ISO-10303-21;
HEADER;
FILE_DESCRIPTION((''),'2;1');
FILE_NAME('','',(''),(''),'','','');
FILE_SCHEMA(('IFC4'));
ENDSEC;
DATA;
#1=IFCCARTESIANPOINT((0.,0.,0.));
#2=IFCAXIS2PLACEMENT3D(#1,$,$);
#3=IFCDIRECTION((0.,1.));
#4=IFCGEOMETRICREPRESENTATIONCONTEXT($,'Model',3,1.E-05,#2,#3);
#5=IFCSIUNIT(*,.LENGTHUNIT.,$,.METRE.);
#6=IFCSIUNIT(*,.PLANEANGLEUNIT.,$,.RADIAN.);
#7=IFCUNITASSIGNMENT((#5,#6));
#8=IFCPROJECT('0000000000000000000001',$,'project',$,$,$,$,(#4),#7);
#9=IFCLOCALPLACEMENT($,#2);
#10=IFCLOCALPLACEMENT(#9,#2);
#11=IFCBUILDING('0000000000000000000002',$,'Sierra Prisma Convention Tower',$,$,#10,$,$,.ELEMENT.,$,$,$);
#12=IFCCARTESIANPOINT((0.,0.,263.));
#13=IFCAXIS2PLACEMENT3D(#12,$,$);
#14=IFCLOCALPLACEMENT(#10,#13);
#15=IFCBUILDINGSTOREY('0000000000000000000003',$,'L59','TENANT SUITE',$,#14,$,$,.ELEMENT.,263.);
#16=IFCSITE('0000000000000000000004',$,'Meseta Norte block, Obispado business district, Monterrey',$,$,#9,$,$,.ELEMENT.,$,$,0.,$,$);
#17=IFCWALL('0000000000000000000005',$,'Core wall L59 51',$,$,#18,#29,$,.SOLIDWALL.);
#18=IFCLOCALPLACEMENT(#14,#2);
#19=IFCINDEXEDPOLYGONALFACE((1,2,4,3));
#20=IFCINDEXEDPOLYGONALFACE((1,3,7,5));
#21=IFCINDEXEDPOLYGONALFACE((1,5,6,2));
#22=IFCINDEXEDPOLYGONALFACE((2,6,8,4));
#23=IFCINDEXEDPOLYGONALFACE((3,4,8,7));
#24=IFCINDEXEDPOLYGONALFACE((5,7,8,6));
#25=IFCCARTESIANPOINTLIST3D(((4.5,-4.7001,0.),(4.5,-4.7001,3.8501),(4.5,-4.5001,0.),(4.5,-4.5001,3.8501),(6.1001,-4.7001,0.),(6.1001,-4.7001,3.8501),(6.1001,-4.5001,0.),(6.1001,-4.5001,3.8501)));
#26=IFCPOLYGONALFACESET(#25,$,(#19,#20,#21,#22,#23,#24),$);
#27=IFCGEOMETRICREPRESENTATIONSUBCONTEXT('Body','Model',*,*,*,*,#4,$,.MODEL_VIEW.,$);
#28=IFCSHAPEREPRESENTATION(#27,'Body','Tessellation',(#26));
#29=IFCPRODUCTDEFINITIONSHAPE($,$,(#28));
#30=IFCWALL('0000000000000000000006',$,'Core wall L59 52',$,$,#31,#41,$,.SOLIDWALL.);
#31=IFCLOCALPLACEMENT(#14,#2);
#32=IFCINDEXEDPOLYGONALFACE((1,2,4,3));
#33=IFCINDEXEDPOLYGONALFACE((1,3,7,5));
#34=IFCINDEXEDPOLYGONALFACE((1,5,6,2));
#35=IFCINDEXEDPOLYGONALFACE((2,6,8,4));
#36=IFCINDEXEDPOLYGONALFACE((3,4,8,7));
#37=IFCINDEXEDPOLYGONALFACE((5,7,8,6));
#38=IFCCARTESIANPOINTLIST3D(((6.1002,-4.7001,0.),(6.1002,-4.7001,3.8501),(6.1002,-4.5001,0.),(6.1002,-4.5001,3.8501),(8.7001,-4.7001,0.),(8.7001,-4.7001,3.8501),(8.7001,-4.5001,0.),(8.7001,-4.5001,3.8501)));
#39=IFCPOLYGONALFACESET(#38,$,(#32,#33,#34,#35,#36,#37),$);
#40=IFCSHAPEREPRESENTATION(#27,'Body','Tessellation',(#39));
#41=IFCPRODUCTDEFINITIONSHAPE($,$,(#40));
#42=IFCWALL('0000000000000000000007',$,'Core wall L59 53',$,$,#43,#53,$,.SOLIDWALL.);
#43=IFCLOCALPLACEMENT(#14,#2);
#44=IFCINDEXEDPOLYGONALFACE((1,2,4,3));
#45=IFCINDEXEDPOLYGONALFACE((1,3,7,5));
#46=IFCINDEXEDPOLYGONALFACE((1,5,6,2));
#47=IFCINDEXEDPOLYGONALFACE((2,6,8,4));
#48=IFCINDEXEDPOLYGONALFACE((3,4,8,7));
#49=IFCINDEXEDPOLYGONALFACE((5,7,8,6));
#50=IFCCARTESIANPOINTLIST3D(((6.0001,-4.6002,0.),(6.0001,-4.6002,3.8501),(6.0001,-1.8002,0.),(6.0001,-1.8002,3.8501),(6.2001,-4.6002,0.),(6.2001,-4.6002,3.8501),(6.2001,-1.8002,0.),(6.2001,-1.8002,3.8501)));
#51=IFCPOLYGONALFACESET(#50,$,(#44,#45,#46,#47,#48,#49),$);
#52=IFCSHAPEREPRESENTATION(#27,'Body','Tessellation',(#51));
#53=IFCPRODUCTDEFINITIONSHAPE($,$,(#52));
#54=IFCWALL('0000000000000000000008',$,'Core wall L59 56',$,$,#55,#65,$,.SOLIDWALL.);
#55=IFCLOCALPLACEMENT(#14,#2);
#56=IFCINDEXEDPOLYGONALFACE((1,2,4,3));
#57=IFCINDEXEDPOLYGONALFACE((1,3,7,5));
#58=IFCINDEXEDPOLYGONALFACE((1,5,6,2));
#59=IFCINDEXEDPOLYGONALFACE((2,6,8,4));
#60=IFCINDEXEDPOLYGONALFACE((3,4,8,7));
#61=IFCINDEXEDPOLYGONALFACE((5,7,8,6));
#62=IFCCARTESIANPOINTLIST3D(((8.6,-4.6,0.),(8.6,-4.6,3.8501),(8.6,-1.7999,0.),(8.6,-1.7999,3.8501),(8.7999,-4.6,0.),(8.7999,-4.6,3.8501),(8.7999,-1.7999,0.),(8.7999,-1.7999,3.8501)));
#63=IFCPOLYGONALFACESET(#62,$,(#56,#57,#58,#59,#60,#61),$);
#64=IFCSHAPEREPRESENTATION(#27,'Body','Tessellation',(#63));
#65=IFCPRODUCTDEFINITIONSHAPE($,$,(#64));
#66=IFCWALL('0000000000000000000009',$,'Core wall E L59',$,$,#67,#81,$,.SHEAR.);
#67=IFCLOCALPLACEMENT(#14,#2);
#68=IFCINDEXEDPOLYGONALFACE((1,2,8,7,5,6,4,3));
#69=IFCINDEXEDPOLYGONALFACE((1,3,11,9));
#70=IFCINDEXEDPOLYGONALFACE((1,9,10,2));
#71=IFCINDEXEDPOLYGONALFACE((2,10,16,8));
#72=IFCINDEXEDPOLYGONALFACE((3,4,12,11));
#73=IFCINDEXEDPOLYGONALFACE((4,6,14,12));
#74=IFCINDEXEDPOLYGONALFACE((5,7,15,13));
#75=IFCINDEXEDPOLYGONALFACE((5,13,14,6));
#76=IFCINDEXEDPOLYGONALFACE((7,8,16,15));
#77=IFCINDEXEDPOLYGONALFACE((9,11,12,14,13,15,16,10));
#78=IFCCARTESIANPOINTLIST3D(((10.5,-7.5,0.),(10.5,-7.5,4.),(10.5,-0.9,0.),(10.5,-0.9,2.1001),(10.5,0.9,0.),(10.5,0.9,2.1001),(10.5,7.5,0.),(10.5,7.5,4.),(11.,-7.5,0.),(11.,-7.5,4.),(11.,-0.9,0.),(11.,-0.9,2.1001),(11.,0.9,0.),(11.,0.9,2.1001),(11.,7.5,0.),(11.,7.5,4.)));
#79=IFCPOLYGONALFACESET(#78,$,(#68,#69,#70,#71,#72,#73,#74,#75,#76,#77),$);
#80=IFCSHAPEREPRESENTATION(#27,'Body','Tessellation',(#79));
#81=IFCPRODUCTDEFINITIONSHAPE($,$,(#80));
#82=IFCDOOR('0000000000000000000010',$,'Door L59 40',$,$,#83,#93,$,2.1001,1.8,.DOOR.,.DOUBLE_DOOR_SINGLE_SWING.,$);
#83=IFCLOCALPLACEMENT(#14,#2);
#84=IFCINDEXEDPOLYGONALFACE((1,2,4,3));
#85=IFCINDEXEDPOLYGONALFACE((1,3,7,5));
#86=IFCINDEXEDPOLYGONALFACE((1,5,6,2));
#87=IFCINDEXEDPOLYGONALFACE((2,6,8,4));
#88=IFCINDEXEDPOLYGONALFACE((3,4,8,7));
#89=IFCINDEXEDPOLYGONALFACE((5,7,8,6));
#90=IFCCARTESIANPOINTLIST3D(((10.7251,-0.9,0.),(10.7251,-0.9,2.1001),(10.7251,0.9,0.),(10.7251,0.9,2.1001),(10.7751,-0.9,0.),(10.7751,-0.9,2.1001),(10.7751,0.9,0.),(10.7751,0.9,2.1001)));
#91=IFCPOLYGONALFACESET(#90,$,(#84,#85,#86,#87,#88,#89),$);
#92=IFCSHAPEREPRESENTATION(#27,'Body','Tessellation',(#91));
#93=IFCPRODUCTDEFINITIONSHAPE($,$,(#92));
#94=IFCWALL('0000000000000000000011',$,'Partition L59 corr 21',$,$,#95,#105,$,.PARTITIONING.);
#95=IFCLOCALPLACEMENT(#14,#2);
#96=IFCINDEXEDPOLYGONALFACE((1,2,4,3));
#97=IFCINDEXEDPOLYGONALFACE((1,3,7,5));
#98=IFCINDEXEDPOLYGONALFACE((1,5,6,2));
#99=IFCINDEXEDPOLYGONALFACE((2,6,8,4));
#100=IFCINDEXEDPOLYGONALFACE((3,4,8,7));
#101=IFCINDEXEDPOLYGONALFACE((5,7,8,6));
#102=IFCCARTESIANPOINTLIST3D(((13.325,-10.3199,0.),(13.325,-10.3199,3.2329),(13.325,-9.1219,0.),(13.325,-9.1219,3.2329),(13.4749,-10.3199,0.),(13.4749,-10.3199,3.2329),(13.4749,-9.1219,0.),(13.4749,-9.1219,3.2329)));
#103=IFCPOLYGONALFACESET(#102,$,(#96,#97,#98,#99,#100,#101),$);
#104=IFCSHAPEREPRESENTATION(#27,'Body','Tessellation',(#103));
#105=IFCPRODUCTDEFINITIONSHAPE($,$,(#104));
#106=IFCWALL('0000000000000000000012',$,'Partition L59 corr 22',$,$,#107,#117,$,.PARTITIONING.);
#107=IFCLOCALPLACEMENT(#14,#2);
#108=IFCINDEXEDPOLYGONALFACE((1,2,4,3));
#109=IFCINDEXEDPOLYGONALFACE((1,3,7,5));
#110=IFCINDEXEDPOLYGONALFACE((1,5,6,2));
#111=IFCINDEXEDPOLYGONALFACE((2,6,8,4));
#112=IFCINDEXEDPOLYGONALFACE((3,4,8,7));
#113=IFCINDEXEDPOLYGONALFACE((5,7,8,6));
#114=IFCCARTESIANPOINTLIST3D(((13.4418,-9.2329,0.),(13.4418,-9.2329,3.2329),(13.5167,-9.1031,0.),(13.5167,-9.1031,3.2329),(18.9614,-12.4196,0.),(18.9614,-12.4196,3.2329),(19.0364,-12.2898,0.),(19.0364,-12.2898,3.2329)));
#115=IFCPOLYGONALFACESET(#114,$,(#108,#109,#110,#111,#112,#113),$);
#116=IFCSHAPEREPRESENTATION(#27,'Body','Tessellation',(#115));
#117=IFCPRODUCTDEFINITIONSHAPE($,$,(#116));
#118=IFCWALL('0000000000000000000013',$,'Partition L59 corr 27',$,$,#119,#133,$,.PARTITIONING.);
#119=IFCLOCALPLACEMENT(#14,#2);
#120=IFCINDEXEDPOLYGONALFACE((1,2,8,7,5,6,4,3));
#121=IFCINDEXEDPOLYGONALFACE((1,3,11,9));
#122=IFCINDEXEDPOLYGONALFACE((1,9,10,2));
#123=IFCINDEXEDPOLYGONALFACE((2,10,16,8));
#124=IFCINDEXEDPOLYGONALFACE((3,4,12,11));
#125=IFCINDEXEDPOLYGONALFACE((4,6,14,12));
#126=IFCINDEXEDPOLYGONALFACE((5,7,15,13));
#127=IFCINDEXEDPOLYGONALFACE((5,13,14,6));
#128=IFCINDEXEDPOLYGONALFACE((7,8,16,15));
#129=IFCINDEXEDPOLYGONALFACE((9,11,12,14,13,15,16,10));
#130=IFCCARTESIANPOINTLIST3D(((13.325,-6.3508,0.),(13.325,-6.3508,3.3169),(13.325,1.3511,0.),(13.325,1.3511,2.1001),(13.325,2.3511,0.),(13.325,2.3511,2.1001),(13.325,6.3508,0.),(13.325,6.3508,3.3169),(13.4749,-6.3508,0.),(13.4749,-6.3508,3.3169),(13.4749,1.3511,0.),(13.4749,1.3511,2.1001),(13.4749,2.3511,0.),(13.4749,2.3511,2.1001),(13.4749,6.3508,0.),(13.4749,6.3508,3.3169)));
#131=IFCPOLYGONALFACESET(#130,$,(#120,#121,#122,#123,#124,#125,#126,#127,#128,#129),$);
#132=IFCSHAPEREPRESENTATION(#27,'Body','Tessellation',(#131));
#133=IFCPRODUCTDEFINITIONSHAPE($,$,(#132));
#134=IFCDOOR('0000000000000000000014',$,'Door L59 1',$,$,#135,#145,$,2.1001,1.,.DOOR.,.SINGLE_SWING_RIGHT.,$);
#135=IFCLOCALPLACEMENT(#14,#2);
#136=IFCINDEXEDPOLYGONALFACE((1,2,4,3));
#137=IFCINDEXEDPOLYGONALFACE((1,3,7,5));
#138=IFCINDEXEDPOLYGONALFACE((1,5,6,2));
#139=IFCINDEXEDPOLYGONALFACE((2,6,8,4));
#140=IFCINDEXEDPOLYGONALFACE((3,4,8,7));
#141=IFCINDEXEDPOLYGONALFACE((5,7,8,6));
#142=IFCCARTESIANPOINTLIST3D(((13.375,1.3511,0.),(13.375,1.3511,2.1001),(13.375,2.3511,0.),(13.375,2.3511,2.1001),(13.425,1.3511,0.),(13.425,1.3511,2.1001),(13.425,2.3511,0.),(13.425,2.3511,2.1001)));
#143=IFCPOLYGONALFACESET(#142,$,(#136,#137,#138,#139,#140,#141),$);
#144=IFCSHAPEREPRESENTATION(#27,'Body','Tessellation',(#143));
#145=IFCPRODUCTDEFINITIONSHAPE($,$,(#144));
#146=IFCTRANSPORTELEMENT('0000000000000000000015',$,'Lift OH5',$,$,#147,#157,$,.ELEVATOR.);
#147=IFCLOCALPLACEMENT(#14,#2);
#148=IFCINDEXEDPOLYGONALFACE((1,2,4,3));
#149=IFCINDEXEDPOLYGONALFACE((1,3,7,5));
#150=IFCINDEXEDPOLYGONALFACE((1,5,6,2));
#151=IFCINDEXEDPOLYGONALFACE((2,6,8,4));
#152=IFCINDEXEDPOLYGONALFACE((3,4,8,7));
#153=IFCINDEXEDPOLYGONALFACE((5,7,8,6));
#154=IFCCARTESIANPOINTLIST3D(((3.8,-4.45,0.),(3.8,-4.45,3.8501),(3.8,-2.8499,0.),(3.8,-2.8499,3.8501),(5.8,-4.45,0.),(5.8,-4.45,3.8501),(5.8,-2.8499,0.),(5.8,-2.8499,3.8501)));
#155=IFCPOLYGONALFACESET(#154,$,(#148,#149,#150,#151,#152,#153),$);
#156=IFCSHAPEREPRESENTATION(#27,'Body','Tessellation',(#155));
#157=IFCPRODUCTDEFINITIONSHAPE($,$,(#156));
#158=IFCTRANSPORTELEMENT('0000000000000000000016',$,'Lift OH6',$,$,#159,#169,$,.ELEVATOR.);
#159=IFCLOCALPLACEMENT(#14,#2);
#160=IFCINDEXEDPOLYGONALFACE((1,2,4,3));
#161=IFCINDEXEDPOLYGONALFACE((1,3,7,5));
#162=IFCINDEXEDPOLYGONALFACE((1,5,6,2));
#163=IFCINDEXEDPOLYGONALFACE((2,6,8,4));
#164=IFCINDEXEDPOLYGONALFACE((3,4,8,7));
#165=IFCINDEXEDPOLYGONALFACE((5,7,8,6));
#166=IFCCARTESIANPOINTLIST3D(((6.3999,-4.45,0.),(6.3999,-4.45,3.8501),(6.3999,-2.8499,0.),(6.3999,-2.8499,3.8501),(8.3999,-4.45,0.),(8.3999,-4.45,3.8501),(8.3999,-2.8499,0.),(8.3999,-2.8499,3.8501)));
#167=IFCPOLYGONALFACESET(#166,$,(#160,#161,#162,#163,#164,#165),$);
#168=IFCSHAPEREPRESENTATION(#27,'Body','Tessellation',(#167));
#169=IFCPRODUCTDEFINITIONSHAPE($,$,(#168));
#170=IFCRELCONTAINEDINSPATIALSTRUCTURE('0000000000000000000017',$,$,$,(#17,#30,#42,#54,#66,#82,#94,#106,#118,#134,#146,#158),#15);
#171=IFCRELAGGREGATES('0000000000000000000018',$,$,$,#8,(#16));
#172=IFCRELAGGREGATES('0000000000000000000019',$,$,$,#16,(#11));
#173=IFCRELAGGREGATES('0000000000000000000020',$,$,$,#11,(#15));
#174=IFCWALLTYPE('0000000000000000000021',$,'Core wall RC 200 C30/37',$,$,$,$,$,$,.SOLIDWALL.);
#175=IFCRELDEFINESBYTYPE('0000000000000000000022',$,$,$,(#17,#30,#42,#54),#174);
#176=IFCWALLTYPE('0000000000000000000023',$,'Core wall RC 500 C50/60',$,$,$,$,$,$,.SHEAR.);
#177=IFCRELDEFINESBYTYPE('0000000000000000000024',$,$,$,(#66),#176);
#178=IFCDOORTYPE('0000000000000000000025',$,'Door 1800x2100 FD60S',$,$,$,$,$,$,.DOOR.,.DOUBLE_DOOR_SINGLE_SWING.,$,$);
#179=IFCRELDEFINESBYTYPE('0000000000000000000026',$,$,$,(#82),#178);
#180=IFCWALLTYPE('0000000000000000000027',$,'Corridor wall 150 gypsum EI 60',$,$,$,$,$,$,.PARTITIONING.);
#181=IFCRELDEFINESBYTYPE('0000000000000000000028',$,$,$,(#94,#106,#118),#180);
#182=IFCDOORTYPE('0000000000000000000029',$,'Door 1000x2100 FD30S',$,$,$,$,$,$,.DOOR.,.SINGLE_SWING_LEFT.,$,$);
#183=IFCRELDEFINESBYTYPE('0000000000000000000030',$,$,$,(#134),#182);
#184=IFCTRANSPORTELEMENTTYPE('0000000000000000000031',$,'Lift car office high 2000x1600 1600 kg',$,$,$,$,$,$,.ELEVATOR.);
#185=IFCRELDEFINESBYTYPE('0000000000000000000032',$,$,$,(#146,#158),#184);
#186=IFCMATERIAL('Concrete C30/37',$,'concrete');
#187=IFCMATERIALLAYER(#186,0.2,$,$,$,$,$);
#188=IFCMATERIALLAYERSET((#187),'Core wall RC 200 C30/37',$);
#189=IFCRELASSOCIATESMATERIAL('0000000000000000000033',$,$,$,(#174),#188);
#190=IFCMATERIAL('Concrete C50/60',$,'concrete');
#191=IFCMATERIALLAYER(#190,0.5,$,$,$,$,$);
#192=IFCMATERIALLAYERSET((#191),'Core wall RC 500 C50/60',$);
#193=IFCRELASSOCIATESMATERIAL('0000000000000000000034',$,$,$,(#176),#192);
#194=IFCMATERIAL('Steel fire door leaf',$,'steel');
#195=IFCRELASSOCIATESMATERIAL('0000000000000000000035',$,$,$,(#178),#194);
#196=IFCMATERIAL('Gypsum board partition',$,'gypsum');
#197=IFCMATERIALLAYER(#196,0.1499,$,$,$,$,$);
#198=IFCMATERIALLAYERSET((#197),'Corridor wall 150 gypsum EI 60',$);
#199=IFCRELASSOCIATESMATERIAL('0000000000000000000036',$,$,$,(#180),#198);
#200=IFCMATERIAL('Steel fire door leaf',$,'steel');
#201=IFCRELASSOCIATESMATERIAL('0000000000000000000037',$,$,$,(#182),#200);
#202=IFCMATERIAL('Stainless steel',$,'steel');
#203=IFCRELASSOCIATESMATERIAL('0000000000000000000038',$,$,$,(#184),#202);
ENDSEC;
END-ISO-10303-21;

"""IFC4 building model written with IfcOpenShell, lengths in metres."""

from ifc_helpers import new_model, si_unit, direction, frame, frame_2d, origin, origin_2d, place, context, subcontext, project, spatial, rectangle, extrude, material, layer, layer_set, type_object, element, fill, save


model = new_model("IFC4")

# Units and contexts
model_context = context("Model", 3, precision=1e-05, world=origin(), true_north=direction((0.0, 1.0)))
body_context = subcontext(model_context, "Body", "Model", "MODEL_VIEW")
ifc_project = project(units=[si_unit("LENGTHUNIT", "METRE"), si_unit("PLANEANGLEUNIT", "RADIAN")], contexts=[model_context])

# Site, building, storey
site_placement = place(None, origin())
site = spatial("IfcSite", under=ifc_project, at=site_placement, Name="Meseta Norte block, Obispado business district, Monterrey", CompositionType="ELEMENT", RefElevation=0.0)
building_placement = place(site_placement, origin())
building = spatial("IfcBuilding", under=site, at=building_placement, Name="Sierra Prisma Convention Tower", CompositionType="ELEMENT")
storey_placement = place(building_placement, frame((0.0, 0.0, 263.0)))
storey = spatial("IfcBuildingStorey", under=building, at=storey_placement, Name="L59", Description="TENANT SUITE", CompositionType="ELEMENT", Elevation=263.0)

# Walls
ifc_material_1 = material(Name="Concrete C30/37", Category="concrete")
ifc_layer_1 = layer(ifc_material_1, 0.2)
ifc_layer_set_1 = layer_set([ifc_layer_1], Name="Core wall RC 200 C30/37")
wall_type_1 = type_object("IfcWallType", Name="Core wall RC 200 C30/37", PredefinedType="SOLIDWALL", material=ifc_layer_set_1)
wall_1_placement = place(storey_placement, frame((6.1001, -4.6001, 0.0), z_axis=(0.0, 0.0, 1.0), x_axis=(-1.0, 0.0, 0.0)))
element("IfcWall", 1, at=wall_1_placement, inside=storey, type_object=wall_type_1, Name="Core wall L59 51", PredefinedType="SOLIDWALL", context=body_context, shape_type="SweptSolid", body=[
    extrude(rectangle(XDim=1.6001, YDim=0.2, at=frame_2d((0.8, 0.0))), origin(), (0.0, 0.0, 1.0), 3.8501),
])
wall_2_placement = place(storey_placement, frame((8.7, -4.6001, 0.0), z_axis=(0.0, 0.0, 1.0), x_axis=(-1.0, 0.0, 0.0)))
element("IfcWall", 2, at=wall_2_placement, inside=storey, type_object=wall_type_1, Name="Core wall L59 52", PredefinedType="SOLIDWALL", context=body_context, shape_type="SweptSolid", body=[
    extrude(rectangle(XDim=2.5999, YDim=0.2, at=frame_2d((1.2998, 0.0))), origin(), (0.0, 0.0, 1.0), 3.8501),
])
wall_3_placement = place(storey_placement, frame((6.1001, -4.6001, 0.0), z_axis=(0.0, 0.0, 1.0), x_axis=(0.0, 1.0, 0.0)))
element("IfcWall", 3, at=wall_3_placement, inside=storey, type_object=wall_type_1, Name="Core wall L59 53", PredefinedType="SOLIDWALL", context=body_context, shape_type="SweptSolid", body=[
    extrude(rectangle(XDim=2.8, YDim=0.2, at=frame_2d((1.3999, 0.0))), origin(), (0.0, 0.0, 1.0), 3.8501),
])

# Wall
wall_4_placement = place(storey_placement, frame((8.7, -1.8, 0.0), z_axis=(0.0, 0.0, 1.0), x_axis=(0.0, -1.0, 0.0)))
element("IfcWall", 4, at=wall_4_placement, inside=storey, type_object=wall_type_1, Name="Core wall L59 56", PredefinedType="SOLIDWALL", context=body_context, shape_type="SweptSolid", body=[
    extrude(rectangle(XDim=2.8, YDim=0.2, at=frame_2d((1.3999, 0.0))), origin(), (0.0, 0.0, 1.0), 3.8501),
])

# Wall, opening, door
ifc_material_2 = material(Name="Concrete C50/60", Category="concrete")
ifc_layer_2 = layer(ifc_material_2, 0.5)
ifc_layer_set_2 = layer_set([ifc_layer_2], Name="Core wall RC 500 C50/60")
wall_type_2 = type_object("IfcWallType", Name="Core wall RC 500 C50/60", PredefinedType="SHEAR", material=ifc_layer_set_2)
wall_5_placement = place(storey_placement, frame((10.75, -7.5, 0.0), z_axis=(0.0, 0.0, 1.0), x_axis=(0.0, 1.0, 0.0)))
wall_5 = element("IfcWall", 5, at=wall_5_placement, inside=storey, type_object=wall_type_2, Name="Core wall E L59", PredefinedType="SHEAR", context=body_context, shape_type="SweptSolid", body=[
    extrude(rectangle(XDim=15.0, YDim=0.5, at=frame_2d((7.5, 0.0))), origin(), (0.0, 0.0, 1.0), 4.0),
])
opening_1_placement = place(wall_5_placement, frame((6.6001, 0.0, 0.0)))
opening_1 = element("IfcOpeningElement", 6, at=opening_1_placement, cuts=wall_5, PredefinedType="OPENING", context=body_context, shape_type="SweptSolid", body=[
    extrude(rectangle(XDim=1.8, YDim=2.1001, at=frame_2d((0.8999, 1.05))), frame((0.0, 0.25, 0.0), z_axis=(0.0, -1.0, 0.0), x_axis=(1.0, 0.0, 0.0)), (0.0, 0.0, 1.0), 0.5),
])
ifc_material_3 = material(Name="Steel fire door leaf", Category="steel")
door_type_1 = type_object("IfcDoorType", Name="Door 1800x2100 FD60S", OperationType="DOUBLE_DOOR_SINGLE_SWING", PredefinedType="DOOR", material=ifc_material_3)
door_1_placement = place(opening_1_placement, origin())
door_1 = element("IfcDoor", 7, at=door_1_placement, inside=storey, type_object=door_type_1, Name="Door L59 40", OperationType="DOUBLE_DOOR_SINGLE_SWING", OverallHeight=2.1001, OverallWidth=1.8, PredefinedType="DOOR", context=body_context, shape_type="SweptSolid", body=[
    extrude(rectangle(XDim=1.8, YDim=2.1001, at=frame_2d((0.8999, 1.05))), frame((0.0, 0.0249, 0.0), z_axis=(0.0, -1.0, 0.0), x_axis=(1.0, 0.0, 0.0)), (0.0, 0.0, 1.0), 0.05),
])
fill(opening_1, door_1)

# Walls
ifc_material_4 = material(Name="Gypsum board partition", Category="gypsum")
ifc_layer_3 = layer(ifc_material_4, 0.1499)
ifc_layer_set_3 = layer_set([ifc_layer_3], Name="Corridor wall 150 gypsum EI 60")
wall_type_3 = type_object("IfcWallType", Name="Corridor wall 150 gypsum EI 60", PredefinedType="PARTITIONING", material=ifc_layer_set_3)
wall_6_placement = place(storey_placement, frame((13.3999, -10.3201, 0.0), z_axis=(0.0, 0.0, 1.0), x_axis=(0.0, 1.0, 0.0)))
element("IfcWall", 8, at=wall_6_placement, inside=storey, type_object=wall_type_3, Name="Partition L59 corr 21", PredefinedType="PARTITIONING", context=body_context, shape_type="SweptSolid", body=[
    extrude(rectangle(XDim=1.198, YDim=0.1499, at=frame_2d((0.5991, 0.0))), origin(), (0.0, 0.0, 1.0), 3.2329),
])
wall_7_placement = place(storey_placement, frame((13.4792, -9.168, 0.0), z_axis=(0.0, 0.0, 1.0), x_axis=(0.866031, -0.499991, 0.0)))
element("IfcWall", 9, at=wall_7_placement, inside=storey, type_object=wall_type_3, Name="Partition L59 corr 22", PredefinedType="PARTITIONING", context=body_context, shape_type="SweptSolid", body=[
    extrude(rectangle(XDim=6.3735, YDim=0.1499, at=frame_2d((3.1868, 0.0))), origin(), (0.0, 0.0, 1.0), 3.2329),
])

# Wall, opening, door
wall_8_placement = place(storey_placement, frame((13.3999, -6.3508, 0.0), z_axis=(0.0, 0.0, 1.0), x_axis=(0.0, 1.0, 0.0)))
wall_8 = element("IfcWall", 10, at=wall_8_placement, inside=storey, type_object=wall_type_3, Name="Partition L59 corr 27", PredefinedType="PARTITIONING", context=body_context, shape_type="SweptSolid", body=[
    extrude(rectangle(XDim=12.7017, YDim=0.1499, at=frame_2d((6.3508, 0.0))), origin(), (0.0, 0.0, 1.0), 3.3169),
])
opening_2_placement = place(wall_8_placement, frame((7.7019, 0.0, 0.0)))
opening_2 = element("IfcOpeningElement", 11, at=opening_2_placement, cuts=wall_8, PredefinedType="OPENING", context=body_context, shape_type="SweptSolid", body=[
    extrude(rectangle(XDim=1.0, YDim=2.1001, at=frame_2d((0.5, 1.05))), frame((0.0, 0.075, 0.0), z_axis=(0.0, -1.0, 0.0), x_axis=(1.0, 0.0, 0.0)), (0.0, 0.0, 1.0), 0.1499),
])
ifc_material_5 = material(Name="Steel fire door leaf", Category="steel")
door_type_2 = type_object("IfcDoorType", Name="Door 1000x2100 FD30S", OperationType="SINGLE_SWING_LEFT", PredefinedType="DOOR", material=ifc_material_5)
door_2_placement = place(opening_2_placement, origin())
door_2 = element("IfcDoor", 12, at=door_2_placement, inside=storey, type_object=door_type_2, Name="Door L59 1", OperationType="SINGLE_SWING_RIGHT", OverallHeight=2.1001, OverallWidth=1.0, PredefinedType="DOOR", context=body_context, shape_type="SweptSolid", body=[
    extrude(rectangle(XDim=1.0, YDim=2.1001, at=frame_2d((0.5, 1.05))), frame((0.0, 0.0249, 0.0), z_axis=(0.0, -1.0, 0.0), x_axis=(1.0, 0.0, 0.0)), (0.0, 0.0, 1.0), 0.05),
])
fill(opening_2, door_2)

# Transport elements
ifc_material_6 = material(Name="Stainless steel", Category="steel")
transport_element_type = type_object("IfcTransportElementType", Name="Lift car office high 2000x1600 1600 kg", PredefinedType="ELEVATOR", material=ifc_material_6)
for number, where, z_axis, x_axis, name in (
    (13, (4.8, -3.6499, 0.0), (0.0, 0.0, 1.0), (1.0, 0.0, 0.0), "Lift OH5"),
    (14, (7.3999, -3.6499, 0.0), (0.0, 0.0, 1.0), (1.0, 0.0, 0.0), "Lift OH6"),
):
    element("IfcTransportElement", number, at=place(storey_placement, frame(where, z_axis=z_axis, x_axis=x_axis)), inside=storey, type_object=transport_element_type, Name=name, PredefinedType="ELEVATOR", context=body_context, shape_type="SweptSolid", body=[
        extrude(rectangle(XDim=2.0, YDim=1.6001, at=origin_2d()), origin(), (0.0, 0.0, 1.0), 3.8501),
    ])

save(model, "model.ifc")
